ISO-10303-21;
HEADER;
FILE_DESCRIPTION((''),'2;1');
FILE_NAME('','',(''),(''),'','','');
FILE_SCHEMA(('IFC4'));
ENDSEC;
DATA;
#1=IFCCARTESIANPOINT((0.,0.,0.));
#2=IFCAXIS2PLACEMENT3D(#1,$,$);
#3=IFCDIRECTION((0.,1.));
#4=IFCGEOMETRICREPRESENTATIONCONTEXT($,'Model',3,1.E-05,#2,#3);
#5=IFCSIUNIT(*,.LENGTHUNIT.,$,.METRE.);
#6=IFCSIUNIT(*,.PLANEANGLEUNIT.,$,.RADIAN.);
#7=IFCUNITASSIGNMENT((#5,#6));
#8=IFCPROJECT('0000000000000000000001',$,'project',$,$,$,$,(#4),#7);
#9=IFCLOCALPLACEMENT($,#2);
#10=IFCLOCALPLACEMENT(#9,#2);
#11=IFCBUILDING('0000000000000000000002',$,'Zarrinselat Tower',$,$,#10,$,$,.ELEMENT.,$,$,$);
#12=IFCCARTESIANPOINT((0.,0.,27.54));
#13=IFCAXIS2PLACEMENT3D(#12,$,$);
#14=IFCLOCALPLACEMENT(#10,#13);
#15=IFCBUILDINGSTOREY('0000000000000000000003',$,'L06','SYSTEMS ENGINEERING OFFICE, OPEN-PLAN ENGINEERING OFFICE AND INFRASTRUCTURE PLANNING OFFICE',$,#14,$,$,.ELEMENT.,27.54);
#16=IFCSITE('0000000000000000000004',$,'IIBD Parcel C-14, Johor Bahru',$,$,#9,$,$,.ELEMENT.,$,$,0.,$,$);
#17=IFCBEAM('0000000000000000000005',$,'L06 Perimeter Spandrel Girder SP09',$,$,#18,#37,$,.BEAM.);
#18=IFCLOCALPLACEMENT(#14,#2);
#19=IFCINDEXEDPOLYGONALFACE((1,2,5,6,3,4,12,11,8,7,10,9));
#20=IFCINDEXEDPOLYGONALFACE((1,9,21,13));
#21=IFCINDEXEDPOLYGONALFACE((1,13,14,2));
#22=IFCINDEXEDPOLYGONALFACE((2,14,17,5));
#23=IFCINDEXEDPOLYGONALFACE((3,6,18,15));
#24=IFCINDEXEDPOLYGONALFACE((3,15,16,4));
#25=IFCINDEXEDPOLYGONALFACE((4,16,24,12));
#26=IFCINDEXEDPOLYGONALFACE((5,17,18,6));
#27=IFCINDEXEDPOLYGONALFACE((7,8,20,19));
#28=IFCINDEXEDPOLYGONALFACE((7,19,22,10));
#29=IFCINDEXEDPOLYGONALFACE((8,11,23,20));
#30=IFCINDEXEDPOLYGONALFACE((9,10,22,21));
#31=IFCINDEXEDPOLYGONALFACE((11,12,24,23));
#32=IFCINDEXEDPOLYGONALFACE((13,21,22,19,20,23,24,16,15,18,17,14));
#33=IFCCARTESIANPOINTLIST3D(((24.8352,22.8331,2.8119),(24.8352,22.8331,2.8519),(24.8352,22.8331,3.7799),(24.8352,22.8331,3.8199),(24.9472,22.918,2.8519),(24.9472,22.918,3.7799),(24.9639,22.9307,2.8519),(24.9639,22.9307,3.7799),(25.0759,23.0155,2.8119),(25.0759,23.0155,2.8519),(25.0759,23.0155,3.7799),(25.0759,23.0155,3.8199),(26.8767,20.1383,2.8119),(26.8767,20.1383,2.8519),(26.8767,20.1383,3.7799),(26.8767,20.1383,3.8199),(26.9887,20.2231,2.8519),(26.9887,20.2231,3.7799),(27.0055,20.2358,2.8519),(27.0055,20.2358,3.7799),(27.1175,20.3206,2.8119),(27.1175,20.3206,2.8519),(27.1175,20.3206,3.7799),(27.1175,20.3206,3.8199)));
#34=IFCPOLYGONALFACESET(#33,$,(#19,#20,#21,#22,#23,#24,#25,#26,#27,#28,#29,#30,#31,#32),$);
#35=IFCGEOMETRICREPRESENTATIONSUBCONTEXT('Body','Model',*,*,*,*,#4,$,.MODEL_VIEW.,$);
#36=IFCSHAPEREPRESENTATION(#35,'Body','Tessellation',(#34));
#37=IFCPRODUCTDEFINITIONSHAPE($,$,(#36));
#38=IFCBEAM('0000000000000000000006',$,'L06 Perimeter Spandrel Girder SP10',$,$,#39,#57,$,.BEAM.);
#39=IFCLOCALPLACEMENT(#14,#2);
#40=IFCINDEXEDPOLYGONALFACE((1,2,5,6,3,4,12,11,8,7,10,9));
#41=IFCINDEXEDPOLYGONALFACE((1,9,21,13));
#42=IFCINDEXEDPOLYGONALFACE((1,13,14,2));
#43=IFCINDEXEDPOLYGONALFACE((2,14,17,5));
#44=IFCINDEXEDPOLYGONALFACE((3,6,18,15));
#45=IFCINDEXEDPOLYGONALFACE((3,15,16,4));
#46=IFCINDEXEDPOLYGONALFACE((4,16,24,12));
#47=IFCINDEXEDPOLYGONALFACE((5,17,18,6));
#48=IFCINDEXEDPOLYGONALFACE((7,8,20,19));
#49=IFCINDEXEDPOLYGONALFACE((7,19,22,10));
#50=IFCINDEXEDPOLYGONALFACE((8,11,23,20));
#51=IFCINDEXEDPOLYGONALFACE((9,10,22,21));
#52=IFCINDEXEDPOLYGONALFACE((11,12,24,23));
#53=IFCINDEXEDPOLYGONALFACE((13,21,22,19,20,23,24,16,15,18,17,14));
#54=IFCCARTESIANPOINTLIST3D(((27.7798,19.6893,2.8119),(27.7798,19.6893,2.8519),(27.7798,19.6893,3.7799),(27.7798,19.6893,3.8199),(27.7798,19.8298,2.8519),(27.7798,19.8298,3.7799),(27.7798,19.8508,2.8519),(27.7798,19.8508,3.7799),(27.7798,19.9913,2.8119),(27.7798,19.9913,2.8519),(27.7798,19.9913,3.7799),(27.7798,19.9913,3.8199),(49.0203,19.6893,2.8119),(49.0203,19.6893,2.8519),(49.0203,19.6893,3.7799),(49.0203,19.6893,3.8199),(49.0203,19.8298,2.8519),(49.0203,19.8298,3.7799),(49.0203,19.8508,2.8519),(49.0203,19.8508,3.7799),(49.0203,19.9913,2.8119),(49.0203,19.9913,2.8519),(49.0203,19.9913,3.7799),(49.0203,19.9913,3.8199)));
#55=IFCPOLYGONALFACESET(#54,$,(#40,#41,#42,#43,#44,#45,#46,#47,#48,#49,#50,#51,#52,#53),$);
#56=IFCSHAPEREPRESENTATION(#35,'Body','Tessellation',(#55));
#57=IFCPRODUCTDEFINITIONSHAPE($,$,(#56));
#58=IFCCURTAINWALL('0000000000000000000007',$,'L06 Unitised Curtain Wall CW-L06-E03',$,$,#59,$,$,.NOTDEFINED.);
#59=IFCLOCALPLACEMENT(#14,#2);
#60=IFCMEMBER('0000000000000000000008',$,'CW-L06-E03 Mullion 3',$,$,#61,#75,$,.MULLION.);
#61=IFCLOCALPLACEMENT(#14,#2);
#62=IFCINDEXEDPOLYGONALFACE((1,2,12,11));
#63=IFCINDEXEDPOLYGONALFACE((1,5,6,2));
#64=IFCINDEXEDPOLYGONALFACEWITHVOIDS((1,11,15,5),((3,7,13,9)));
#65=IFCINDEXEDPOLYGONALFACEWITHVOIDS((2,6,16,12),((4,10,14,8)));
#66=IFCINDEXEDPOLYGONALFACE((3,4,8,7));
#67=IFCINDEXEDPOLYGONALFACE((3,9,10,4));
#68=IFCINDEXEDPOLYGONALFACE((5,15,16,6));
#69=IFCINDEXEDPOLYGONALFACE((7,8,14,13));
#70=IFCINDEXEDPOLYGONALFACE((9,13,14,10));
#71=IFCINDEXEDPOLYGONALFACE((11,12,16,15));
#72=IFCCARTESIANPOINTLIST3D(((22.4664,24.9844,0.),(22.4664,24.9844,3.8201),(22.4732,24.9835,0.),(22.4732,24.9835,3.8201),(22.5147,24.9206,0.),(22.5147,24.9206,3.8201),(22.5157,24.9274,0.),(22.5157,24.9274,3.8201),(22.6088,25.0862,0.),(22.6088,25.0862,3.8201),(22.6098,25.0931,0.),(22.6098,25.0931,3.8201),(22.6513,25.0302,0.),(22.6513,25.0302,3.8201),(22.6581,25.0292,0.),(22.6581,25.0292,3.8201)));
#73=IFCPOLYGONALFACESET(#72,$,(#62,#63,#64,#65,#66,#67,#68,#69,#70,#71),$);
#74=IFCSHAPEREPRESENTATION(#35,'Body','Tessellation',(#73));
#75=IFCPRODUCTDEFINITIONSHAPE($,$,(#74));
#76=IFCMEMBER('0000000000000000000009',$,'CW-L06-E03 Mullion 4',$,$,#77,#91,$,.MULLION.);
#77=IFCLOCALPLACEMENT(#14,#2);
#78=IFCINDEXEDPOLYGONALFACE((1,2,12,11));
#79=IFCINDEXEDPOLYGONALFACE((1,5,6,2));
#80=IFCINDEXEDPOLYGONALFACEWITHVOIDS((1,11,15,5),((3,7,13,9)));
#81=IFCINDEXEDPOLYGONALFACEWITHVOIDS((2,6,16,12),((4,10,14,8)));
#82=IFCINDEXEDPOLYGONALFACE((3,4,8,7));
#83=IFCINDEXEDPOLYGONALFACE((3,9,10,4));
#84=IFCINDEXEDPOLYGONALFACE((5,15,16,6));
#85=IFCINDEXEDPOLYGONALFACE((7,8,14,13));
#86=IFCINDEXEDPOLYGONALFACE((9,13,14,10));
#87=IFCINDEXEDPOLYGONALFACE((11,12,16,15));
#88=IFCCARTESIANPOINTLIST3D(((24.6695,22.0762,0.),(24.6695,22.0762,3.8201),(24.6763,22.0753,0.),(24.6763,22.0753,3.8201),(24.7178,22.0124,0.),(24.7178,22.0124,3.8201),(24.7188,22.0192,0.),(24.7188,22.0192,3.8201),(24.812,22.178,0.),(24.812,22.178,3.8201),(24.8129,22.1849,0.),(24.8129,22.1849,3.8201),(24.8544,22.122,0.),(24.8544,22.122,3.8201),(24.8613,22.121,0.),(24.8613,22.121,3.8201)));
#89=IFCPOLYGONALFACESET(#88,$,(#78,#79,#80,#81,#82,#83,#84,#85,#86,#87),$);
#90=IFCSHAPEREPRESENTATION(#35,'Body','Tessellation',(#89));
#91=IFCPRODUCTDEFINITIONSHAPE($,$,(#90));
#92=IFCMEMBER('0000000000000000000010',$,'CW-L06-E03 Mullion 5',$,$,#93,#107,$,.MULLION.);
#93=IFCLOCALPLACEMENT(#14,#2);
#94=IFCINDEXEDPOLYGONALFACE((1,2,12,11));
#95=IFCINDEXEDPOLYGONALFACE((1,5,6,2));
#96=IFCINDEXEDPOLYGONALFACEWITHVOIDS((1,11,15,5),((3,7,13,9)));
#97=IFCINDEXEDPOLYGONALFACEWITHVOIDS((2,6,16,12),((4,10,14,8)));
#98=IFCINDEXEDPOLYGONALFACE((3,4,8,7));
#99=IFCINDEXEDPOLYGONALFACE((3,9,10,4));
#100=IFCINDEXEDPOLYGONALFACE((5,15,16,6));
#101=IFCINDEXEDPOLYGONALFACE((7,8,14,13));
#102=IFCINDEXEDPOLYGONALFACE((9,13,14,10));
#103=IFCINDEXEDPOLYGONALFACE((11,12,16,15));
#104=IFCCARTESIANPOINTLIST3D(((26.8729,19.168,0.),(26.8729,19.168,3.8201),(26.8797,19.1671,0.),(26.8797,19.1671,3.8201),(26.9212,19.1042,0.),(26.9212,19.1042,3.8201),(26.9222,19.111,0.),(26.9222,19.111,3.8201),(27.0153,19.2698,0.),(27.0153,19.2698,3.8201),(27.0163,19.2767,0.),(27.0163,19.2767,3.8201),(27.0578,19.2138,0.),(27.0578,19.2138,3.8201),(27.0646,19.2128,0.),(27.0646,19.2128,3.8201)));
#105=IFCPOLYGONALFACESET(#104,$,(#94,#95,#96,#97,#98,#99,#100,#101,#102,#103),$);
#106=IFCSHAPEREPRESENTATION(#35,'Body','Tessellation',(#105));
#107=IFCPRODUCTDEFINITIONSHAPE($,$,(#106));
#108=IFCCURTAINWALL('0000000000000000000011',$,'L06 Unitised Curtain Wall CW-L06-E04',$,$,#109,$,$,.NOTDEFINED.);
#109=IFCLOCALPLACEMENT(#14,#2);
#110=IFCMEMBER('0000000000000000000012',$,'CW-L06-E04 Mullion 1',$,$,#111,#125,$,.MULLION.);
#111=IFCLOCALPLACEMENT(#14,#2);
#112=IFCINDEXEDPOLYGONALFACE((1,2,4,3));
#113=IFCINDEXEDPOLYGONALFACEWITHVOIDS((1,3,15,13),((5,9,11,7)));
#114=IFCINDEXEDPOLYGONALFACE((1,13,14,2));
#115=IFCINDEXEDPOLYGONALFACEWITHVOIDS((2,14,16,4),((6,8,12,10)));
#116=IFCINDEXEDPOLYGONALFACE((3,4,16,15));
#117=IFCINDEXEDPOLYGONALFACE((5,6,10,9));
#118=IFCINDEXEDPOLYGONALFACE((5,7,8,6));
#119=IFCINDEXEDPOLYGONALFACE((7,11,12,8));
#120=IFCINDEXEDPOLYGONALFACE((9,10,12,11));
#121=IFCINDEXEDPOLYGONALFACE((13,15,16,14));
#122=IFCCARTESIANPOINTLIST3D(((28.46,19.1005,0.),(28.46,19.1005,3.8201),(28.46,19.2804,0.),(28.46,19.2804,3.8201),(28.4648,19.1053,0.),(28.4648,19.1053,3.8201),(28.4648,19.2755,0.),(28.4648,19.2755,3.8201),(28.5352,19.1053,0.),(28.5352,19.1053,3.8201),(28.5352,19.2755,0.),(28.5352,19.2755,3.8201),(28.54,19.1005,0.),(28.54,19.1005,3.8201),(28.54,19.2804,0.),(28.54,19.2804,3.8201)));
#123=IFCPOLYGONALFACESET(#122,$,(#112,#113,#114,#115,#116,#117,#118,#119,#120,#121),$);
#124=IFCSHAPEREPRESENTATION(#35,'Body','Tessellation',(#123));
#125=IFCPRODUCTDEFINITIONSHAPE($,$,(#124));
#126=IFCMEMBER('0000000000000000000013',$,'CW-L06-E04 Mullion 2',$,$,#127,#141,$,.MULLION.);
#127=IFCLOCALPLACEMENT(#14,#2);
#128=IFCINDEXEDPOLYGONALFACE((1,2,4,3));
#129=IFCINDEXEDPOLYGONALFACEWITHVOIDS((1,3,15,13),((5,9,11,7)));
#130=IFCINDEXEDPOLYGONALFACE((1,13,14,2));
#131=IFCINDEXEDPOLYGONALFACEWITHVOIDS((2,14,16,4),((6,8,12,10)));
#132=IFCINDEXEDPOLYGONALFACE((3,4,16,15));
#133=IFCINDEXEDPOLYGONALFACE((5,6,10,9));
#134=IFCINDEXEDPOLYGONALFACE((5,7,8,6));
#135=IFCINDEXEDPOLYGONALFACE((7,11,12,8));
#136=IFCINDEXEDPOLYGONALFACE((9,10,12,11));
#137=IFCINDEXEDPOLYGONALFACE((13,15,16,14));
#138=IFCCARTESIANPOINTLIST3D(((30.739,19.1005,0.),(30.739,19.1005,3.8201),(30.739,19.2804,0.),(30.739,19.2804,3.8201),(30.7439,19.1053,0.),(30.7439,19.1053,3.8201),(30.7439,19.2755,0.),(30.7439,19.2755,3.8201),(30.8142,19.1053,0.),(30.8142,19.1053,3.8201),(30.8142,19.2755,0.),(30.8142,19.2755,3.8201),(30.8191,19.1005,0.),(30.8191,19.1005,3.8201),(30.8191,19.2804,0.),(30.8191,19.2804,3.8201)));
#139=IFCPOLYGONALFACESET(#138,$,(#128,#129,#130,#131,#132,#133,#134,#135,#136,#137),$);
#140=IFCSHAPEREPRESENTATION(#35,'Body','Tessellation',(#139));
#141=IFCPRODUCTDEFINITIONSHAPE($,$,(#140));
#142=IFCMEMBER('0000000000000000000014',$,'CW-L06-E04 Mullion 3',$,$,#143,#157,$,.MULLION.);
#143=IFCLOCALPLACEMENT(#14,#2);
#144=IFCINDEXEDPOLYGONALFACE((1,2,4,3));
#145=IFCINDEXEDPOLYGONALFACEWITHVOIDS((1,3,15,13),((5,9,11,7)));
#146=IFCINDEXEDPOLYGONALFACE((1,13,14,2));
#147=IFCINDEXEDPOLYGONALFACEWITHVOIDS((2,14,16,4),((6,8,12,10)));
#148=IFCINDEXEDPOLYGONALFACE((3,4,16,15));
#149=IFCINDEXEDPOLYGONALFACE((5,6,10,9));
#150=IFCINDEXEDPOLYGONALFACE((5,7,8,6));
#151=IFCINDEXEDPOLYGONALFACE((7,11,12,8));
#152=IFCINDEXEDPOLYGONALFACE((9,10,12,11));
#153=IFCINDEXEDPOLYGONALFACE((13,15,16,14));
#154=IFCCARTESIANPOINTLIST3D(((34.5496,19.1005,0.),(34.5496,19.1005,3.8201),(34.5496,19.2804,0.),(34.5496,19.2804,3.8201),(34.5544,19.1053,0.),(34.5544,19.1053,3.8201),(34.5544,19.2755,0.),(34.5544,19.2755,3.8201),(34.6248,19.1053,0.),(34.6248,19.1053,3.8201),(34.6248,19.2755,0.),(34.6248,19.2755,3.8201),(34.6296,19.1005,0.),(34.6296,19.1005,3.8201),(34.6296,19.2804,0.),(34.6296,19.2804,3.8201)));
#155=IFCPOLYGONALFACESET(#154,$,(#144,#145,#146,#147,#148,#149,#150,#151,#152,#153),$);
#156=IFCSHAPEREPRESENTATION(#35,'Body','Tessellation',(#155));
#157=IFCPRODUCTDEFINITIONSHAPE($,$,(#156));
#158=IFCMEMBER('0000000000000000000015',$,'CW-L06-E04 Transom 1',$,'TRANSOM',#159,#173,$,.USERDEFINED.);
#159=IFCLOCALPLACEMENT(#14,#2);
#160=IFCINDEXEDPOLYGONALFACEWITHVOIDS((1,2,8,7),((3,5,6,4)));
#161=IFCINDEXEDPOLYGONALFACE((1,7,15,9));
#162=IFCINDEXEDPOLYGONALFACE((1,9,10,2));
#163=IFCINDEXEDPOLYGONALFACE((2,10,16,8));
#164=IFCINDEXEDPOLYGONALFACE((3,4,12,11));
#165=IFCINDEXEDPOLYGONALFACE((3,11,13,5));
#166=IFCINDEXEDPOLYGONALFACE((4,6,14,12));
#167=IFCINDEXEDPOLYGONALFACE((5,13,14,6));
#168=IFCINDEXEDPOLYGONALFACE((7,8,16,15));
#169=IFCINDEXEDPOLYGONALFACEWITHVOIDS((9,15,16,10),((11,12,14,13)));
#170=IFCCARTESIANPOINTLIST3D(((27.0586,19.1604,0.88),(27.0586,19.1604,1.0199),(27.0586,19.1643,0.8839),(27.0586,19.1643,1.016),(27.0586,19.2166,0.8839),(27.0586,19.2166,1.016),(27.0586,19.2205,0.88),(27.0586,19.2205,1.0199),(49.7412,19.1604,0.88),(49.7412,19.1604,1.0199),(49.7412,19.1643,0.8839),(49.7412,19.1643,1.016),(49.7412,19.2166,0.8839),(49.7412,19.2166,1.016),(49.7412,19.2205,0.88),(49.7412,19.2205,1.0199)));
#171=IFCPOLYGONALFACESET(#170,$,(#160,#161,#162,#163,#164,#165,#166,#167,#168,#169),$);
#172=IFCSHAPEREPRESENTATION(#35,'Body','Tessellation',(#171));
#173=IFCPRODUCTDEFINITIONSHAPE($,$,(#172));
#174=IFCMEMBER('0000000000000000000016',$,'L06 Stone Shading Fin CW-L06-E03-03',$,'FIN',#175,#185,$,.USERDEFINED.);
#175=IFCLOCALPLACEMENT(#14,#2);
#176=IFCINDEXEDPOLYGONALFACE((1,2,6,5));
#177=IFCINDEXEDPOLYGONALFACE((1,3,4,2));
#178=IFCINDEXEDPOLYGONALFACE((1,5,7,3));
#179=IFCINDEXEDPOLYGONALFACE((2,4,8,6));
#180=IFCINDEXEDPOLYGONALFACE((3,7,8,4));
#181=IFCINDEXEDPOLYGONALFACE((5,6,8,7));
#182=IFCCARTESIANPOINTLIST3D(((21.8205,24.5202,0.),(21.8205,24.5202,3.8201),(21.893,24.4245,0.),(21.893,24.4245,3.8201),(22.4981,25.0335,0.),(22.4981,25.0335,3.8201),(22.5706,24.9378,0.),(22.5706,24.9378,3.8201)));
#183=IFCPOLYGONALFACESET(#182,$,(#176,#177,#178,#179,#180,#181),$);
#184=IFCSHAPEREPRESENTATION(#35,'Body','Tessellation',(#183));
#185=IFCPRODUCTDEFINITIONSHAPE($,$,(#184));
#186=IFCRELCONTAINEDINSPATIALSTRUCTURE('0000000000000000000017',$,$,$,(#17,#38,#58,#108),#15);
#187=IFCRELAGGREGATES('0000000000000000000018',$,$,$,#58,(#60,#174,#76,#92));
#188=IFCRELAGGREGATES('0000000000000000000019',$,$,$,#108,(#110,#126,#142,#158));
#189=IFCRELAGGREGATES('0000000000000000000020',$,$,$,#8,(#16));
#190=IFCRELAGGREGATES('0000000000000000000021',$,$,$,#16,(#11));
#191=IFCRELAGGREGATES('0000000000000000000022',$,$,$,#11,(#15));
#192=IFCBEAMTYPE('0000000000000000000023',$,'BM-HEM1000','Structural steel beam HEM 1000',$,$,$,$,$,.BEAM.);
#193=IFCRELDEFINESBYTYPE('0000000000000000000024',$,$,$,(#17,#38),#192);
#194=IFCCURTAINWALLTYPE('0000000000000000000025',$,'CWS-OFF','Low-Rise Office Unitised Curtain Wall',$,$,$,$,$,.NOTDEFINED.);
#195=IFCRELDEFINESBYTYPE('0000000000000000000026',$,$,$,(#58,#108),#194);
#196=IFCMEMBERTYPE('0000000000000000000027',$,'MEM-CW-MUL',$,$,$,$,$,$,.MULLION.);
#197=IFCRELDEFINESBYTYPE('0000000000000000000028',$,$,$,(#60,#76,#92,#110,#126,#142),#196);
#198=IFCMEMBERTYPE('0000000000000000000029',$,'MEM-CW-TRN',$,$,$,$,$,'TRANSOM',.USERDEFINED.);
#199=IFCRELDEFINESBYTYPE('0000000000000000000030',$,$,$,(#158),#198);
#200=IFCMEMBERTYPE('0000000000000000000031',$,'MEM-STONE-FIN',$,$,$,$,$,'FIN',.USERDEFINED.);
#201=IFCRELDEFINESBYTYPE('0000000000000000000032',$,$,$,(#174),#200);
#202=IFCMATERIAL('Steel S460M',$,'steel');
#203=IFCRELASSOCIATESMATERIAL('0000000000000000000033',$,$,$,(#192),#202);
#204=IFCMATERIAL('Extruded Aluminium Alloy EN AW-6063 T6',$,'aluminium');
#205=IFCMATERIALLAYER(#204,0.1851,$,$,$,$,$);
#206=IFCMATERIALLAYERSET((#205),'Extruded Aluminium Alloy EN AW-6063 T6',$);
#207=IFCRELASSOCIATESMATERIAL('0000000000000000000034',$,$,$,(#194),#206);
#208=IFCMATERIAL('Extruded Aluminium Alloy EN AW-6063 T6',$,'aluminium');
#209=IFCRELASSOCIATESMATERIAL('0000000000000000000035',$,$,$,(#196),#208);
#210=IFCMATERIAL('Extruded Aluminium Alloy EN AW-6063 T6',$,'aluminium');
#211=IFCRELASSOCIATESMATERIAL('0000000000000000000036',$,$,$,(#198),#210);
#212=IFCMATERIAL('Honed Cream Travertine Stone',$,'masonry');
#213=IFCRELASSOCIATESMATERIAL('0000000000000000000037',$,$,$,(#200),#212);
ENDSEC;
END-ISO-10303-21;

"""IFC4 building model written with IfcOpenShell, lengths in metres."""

from ifc_helpers import new_model, si_unit, direction, frame, origin, origin_2d, place, context, subcontext, project, spatial, rectangle, hollow_rectangle, i_section, extrude, material, layer, layer_set, material_profile, profile_set, type_object, element, aggregate, save


model = new_model("IFC4")

# Units and contexts
model_context = context("Model", 3, precision=1e-05, world=origin(), true_north=direction((0.0, 1.0)))
body_context = subcontext(model_context, "Body", "Model", "MODEL_VIEW")
ifc_project = project(units=[si_unit("LENGTHUNIT", "METRE"), si_unit("PLANEANGLEUNIT", "RADIAN")], contexts=[model_context])

# Site, building, storey
site_placement = place(None, origin())
site = spatial("IfcSite", under=ifc_project, at=site_placement, Name="IIBD Parcel C-14, Johor Bahru", CompositionType="ELEMENT", RefElevation=0.0)
building_placement = place(site_placement, origin())
building = spatial("IfcBuilding", under=site, at=building_placement, Name="Zarrinselat Tower", CompositionType="ELEMENT")
storey_placement = place(building_placement, frame((0.0, 0.0, 27.54)))
storey = spatial("IfcBuildingStorey", under=building, at=storey_placement, Name="L06", Description="SYSTEMS ENGINEERING OFFICE, OPEN-PLAN ENGINEERING OFFICE AND INFRASTRUCTURE PLANNING OFFICE", CompositionType="ELEMENT", Elevation=27.54)

# Beams
ifc_material_1 = material(Name="Steel S460M", Category="steel")
ifc_material_profile_1 = material_profile(ifc_material_1, i_section(OverallWidth=0.302, OverallDepth=1.0081, WebThickness=0.021, FlangeThickness=0.04, at=origin_2d()), Name="HEM 1000")
ifc_profile_set_1 = profile_set([ifc_material_profile_1], Name="Steel S460M")
beam_type_1 = type_object("IfcBeamType", Name="BM-HEM1000", Description="Structural steel beam HEM 1000", PredefinedType="BEAM", material=ifc_profile_set_1)
for number, where, z_axis, x_axis, name in (
    (1, (24.9556, 22.9243, 3.3159), (0.603852, -0.797096, 0.0), (0.797096, 0.603852, 0.0), "L06 Perimeter Spandrel Girder SP09"),
):
    element("IfcBeam", number, at=place(storey_placement, frame(where, z_axis=z_axis, x_axis=x_axis)), inside=storey, type_object=beam_type_1, Name=name, PredefinedType="BEAM", context=body_context, shape_type="SweptSolid", body=[
        extrude(i_section(OverallWidth=0.302, OverallDepth=1.0081, WebThickness=0.021, FlangeThickness=0.04, at=origin_2d()), origin(), (0.0, 0.0, 1.0), 3.3809),
    ])
beam_1_placement = place(storey_placement, frame((27.7798, 19.8403, 3.3159), z_axis=(1.0, 0.0, 0.0), x_axis=(0.0, 1.0, 0.0)))
element("IfcBeam", 2, at=beam_1_placement, inside=storey, type_object=beam_type_1, Name="L06 Perimeter Spandrel Girder SP10", PredefinedType="BEAM", context=body_context, shape_type="SweptSolid", body=[
    extrude(i_section(OverallWidth=0.302, OverallDepth=1.0081, WebThickness=0.021, FlangeThickness=0.04, at=origin_2d()), origin(), (0.0, 0.0, 1.0), 21.2405),
])

# Curtain walls, members
ifc_material_2 = material(Name="Extruded Aluminium Alloy EN AW-6063 T6", Category="aluminium")
ifc_layer_1 = layer(ifc_material_2, 0.1851)
ifc_layer_set_1 = layer_set([ifc_layer_1], Name="Extruded Aluminium Alloy EN AW-6063 T6")
curtain_wall_type = type_object("IfcCurtainWallType", Name="CWS-OFF", Description="Low-Rise Office Unitised Curtain Wall", PredefinedType="NOTDEFINED", material=ifc_layer_set_1)
curtain_wall_1_placement = place(storey_placement, origin())
curtain_wall_1 = element("IfcCurtainWall", 3, at=curtain_wall_1_placement, inside=storey, type_object=curtain_wall_type, Name="L06 Unitised Curtain Wall CW-L06-E03", PredefinedType="NOTDEFINED")
ifc_material_3 = material(Name="Extruded Aluminium Alloy EN AW-6063 T6", Category="aluminium")
ifc_material_profile_2 = material_profile(ifc_material_3, hollow_rectangle(XDim=0.0801, YDim=0.1799, WallThickness=0.0049, at=origin_2d()), Name="RHS 180x80x5")
ifc_profile_set_2 = profile_set([ifc_material_profile_2], Name="Extruded Aluminium Alloy EN AW-6063 T6")
member_type_1 = type_object("IfcMemberType", Name="MEM-CW-MUL", PredefinedType="MULLION", material=ifc_profile_set_2)
member_1_placement = place(storey_placement, frame((22.5623, 25.0068, 0.0), z_axis=(0.0, 0.0, 1.0), x_axis=(0.603858, -0.797092, 0.0)))
member_1 = element("IfcMember", 4, at=member_1_placement, type_object=member_type_1, Name="CW-L06-E03 Mullion 3", PredefinedType="MULLION", context=body_context, shape_type="SweptSolid", body=[
    extrude(hollow_rectangle(XDim=0.0801, YDim=0.1799, WallThickness=0.0049, at=origin_2d()), origin(), (0.0, 0.0, 1.0), 3.8201),
])
member_2_placement = place(storey_placement, frame((24.7654, 22.0986, 0.0), z_axis=(0.0, 0.0, 1.0), x_axis=(0.603858, -0.797092, 0.0)))
member_2 = element("IfcMember", 5, at=member_2_placement, type_object=member_type_1, Name="CW-L06-E03 Mullion 4", PredefinedType="MULLION", context=body_context, shape_type="SweptSolid", body=[
    extrude(hollow_rectangle(XDim=0.0801, YDim=0.1799, WallThickness=0.0049, at=origin_2d()), origin(), (0.0, 0.0, 1.0), 3.8201),
])
member_3_placement = place(storey_placement, frame((26.9688, 19.1904, 0.0), z_axis=(0.0, 0.0, 1.0), x_axis=(0.603858, -0.797092, 0.0)))
member_3 = element("IfcMember", 6, at=member_3_placement, type_object=member_type_1, Name="CW-L06-E03 Mullion 5", PredefinedType="MULLION", context=body_context, shape_type="SweptSolid", body=[
    extrude(hollow_rectangle(XDim=0.0801, YDim=0.1799, WallThickness=0.0049, at=origin_2d()), origin(), (0.0, 0.0, 1.0), 3.8201),
])
curtain_wall_2_placement = place(storey_placement, origin())
curtain_wall_2 = element("IfcCurtainWall", 7, at=curtain_wall_2_placement, inside=storey, type_object=curtain_wall_type, Name="L06 Unitised Curtain Wall CW-L06-E04", PredefinedType="NOTDEFINED")
member_4_placement = place(storey_placement, frame((28.5, 19.1904, 0.0), z_axis=(0.0, 0.0, 1.0), x_axis=(1.0, 0.0, 0.0)))
member_4 = element("IfcMember", 8, at=member_4_placement, type_object=member_type_1, Name="CW-L06-E04 Mullion 1", PredefinedType="MULLION", context=body_context, shape_type="SweptSolid", body=[
    extrude(hollow_rectangle(XDim=0.0801, YDim=0.1799, WallThickness=0.0049, at=origin_2d()), origin(), (0.0, 0.0, 1.0), 3.8201),
])
member_5_placement = place(storey_placement, frame((30.7791, 19.1904, 0.0), z_axis=(0.0, 0.0, 1.0), x_axis=(1.0, 0.0, 0.0)))
member_5 = element("IfcMember", 9, at=member_5_placement, type_object=member_type_1, Name="CW-L06-E04 Mullion 2", PredefinedType="MULLION", context=body_context, shape_type="SweptSolid", body=[
    extrude(hollow_rectangle(XDim=0.0801, YDim=0.1799, WallThickness=0.0049, at=origin_2d()), origin(), (0.0, 0.0, 1.0), 3.8201),
])
member_6_placement = place(storey_placement, frame((34.5896, 19.1904, 0.0), z_axis=(0.0, 0.0, 1.0), x_axis=(1.0, 0.0, 0.0)))
member_6 = element("IfcMember", 10, at=member_6_placement, type_object=member_type_1, Name="CW-L06-E04 Mullion 3", PredefinedType="MULLION", context=body_context, shape_type="SweptSolid", body=[
    extrude(hollow_rectangle(XDim=0.0801, YDim=0.1799, WallThickness=0.0049, at=origin_2d()), origin(), (0.0, 0.0, 1.0), 3.8201),
])
ifc_material_4 = material(Name="Extruded Aluminium Alloy EN AW-6063 T6", Category="aluminium")
ifc_material_profile_3 = material_profile(ifc_material_4, hollow_rectangle(XDim=0.0601, YDim=0.1399, WallThickness=0.0039, at=origin_2d()), Name="RHS 140x60x4")
ifc_profile_set_3 = profile_set([ifc_material_profile_3], Name="Extruded Aluminium Alloy EN AW-6063 T6")
member_type_2 = type_object("IfcMemberType", Name="MEM-CW-TRN", ElementType="TRANSOM", PredefinedType="USERDEFINED", material=ifc_profile_set_3)
member_7_placement = place(storey_placement, frame((27.0586, 19.1904, 0.95), z_axis=(1.0, 0.0, 0.0), x_axis=(0.0, 1.0, 0.0)))
member_7 = element("IfcMember", 11, at=member_7_placement, type_object=member_type_2, Name="CW-L06-E04 Transom 1", ObjectType="TRANSOM", PredefinedType="USERDEFINED", context=body_context, shape_type="SweptSolid", body=[
    extrude(hollow_rectangle(XDim=0.0601, YDim=0.1399, WallThickness=0.0039, at=origin_2d()), origin(), (0.0, 0.0, 1.0), 22.6826),
])

# Member
ifc_material_5 = material(Name="Honed Cream Travertine Stone", Category="masonry")
ifc_material_profile_4 = material_profile(ifc_material_5, rectangle(XDim=0.1201, YDim=0.8501, at=origin_2d()), Name="FIN 850x120")
ifc_profile_set_4 = profile_set([ifc_material_profile_4], Name="Honed Cream Travertine Stone")
member_type_3 = type_object("IfcMemberType", Name="MEM-STONE-FIN", ElementType="FIN", PredefinedType="USERDEFINED", material=ifc_profile_set_4)
member_8_placement = place(storey_placement, frame((22.1956, 24.729, 0.0), z_axis=(0.0, 0.0, 1.0), x_axis=(-0.603858, 0.797092, 0.0)))
member_8 = element("IfcMember", 12, at=member_8_placement, type_object=member_type_3, Name="L06 Stone Shading Fin CW-L06-E03-03", ObjectType="FIN", PredefinedType="USERDEFINED", context=body_context, shape_type="SweptSolid", body=[
    extrude(rectangle(XDim=0.1201, YDim=0.8501, at=origin_2d()), origin(), (0.0, 0.0, 1.0), 3.8201),
])

aggregate(curtain_wall_1, [member_1, member_8, member_2, member_3])
aggregate(curtain_wall_2, [member_4, member_5, member_6, member_7])

save(model, "model.ifc")
